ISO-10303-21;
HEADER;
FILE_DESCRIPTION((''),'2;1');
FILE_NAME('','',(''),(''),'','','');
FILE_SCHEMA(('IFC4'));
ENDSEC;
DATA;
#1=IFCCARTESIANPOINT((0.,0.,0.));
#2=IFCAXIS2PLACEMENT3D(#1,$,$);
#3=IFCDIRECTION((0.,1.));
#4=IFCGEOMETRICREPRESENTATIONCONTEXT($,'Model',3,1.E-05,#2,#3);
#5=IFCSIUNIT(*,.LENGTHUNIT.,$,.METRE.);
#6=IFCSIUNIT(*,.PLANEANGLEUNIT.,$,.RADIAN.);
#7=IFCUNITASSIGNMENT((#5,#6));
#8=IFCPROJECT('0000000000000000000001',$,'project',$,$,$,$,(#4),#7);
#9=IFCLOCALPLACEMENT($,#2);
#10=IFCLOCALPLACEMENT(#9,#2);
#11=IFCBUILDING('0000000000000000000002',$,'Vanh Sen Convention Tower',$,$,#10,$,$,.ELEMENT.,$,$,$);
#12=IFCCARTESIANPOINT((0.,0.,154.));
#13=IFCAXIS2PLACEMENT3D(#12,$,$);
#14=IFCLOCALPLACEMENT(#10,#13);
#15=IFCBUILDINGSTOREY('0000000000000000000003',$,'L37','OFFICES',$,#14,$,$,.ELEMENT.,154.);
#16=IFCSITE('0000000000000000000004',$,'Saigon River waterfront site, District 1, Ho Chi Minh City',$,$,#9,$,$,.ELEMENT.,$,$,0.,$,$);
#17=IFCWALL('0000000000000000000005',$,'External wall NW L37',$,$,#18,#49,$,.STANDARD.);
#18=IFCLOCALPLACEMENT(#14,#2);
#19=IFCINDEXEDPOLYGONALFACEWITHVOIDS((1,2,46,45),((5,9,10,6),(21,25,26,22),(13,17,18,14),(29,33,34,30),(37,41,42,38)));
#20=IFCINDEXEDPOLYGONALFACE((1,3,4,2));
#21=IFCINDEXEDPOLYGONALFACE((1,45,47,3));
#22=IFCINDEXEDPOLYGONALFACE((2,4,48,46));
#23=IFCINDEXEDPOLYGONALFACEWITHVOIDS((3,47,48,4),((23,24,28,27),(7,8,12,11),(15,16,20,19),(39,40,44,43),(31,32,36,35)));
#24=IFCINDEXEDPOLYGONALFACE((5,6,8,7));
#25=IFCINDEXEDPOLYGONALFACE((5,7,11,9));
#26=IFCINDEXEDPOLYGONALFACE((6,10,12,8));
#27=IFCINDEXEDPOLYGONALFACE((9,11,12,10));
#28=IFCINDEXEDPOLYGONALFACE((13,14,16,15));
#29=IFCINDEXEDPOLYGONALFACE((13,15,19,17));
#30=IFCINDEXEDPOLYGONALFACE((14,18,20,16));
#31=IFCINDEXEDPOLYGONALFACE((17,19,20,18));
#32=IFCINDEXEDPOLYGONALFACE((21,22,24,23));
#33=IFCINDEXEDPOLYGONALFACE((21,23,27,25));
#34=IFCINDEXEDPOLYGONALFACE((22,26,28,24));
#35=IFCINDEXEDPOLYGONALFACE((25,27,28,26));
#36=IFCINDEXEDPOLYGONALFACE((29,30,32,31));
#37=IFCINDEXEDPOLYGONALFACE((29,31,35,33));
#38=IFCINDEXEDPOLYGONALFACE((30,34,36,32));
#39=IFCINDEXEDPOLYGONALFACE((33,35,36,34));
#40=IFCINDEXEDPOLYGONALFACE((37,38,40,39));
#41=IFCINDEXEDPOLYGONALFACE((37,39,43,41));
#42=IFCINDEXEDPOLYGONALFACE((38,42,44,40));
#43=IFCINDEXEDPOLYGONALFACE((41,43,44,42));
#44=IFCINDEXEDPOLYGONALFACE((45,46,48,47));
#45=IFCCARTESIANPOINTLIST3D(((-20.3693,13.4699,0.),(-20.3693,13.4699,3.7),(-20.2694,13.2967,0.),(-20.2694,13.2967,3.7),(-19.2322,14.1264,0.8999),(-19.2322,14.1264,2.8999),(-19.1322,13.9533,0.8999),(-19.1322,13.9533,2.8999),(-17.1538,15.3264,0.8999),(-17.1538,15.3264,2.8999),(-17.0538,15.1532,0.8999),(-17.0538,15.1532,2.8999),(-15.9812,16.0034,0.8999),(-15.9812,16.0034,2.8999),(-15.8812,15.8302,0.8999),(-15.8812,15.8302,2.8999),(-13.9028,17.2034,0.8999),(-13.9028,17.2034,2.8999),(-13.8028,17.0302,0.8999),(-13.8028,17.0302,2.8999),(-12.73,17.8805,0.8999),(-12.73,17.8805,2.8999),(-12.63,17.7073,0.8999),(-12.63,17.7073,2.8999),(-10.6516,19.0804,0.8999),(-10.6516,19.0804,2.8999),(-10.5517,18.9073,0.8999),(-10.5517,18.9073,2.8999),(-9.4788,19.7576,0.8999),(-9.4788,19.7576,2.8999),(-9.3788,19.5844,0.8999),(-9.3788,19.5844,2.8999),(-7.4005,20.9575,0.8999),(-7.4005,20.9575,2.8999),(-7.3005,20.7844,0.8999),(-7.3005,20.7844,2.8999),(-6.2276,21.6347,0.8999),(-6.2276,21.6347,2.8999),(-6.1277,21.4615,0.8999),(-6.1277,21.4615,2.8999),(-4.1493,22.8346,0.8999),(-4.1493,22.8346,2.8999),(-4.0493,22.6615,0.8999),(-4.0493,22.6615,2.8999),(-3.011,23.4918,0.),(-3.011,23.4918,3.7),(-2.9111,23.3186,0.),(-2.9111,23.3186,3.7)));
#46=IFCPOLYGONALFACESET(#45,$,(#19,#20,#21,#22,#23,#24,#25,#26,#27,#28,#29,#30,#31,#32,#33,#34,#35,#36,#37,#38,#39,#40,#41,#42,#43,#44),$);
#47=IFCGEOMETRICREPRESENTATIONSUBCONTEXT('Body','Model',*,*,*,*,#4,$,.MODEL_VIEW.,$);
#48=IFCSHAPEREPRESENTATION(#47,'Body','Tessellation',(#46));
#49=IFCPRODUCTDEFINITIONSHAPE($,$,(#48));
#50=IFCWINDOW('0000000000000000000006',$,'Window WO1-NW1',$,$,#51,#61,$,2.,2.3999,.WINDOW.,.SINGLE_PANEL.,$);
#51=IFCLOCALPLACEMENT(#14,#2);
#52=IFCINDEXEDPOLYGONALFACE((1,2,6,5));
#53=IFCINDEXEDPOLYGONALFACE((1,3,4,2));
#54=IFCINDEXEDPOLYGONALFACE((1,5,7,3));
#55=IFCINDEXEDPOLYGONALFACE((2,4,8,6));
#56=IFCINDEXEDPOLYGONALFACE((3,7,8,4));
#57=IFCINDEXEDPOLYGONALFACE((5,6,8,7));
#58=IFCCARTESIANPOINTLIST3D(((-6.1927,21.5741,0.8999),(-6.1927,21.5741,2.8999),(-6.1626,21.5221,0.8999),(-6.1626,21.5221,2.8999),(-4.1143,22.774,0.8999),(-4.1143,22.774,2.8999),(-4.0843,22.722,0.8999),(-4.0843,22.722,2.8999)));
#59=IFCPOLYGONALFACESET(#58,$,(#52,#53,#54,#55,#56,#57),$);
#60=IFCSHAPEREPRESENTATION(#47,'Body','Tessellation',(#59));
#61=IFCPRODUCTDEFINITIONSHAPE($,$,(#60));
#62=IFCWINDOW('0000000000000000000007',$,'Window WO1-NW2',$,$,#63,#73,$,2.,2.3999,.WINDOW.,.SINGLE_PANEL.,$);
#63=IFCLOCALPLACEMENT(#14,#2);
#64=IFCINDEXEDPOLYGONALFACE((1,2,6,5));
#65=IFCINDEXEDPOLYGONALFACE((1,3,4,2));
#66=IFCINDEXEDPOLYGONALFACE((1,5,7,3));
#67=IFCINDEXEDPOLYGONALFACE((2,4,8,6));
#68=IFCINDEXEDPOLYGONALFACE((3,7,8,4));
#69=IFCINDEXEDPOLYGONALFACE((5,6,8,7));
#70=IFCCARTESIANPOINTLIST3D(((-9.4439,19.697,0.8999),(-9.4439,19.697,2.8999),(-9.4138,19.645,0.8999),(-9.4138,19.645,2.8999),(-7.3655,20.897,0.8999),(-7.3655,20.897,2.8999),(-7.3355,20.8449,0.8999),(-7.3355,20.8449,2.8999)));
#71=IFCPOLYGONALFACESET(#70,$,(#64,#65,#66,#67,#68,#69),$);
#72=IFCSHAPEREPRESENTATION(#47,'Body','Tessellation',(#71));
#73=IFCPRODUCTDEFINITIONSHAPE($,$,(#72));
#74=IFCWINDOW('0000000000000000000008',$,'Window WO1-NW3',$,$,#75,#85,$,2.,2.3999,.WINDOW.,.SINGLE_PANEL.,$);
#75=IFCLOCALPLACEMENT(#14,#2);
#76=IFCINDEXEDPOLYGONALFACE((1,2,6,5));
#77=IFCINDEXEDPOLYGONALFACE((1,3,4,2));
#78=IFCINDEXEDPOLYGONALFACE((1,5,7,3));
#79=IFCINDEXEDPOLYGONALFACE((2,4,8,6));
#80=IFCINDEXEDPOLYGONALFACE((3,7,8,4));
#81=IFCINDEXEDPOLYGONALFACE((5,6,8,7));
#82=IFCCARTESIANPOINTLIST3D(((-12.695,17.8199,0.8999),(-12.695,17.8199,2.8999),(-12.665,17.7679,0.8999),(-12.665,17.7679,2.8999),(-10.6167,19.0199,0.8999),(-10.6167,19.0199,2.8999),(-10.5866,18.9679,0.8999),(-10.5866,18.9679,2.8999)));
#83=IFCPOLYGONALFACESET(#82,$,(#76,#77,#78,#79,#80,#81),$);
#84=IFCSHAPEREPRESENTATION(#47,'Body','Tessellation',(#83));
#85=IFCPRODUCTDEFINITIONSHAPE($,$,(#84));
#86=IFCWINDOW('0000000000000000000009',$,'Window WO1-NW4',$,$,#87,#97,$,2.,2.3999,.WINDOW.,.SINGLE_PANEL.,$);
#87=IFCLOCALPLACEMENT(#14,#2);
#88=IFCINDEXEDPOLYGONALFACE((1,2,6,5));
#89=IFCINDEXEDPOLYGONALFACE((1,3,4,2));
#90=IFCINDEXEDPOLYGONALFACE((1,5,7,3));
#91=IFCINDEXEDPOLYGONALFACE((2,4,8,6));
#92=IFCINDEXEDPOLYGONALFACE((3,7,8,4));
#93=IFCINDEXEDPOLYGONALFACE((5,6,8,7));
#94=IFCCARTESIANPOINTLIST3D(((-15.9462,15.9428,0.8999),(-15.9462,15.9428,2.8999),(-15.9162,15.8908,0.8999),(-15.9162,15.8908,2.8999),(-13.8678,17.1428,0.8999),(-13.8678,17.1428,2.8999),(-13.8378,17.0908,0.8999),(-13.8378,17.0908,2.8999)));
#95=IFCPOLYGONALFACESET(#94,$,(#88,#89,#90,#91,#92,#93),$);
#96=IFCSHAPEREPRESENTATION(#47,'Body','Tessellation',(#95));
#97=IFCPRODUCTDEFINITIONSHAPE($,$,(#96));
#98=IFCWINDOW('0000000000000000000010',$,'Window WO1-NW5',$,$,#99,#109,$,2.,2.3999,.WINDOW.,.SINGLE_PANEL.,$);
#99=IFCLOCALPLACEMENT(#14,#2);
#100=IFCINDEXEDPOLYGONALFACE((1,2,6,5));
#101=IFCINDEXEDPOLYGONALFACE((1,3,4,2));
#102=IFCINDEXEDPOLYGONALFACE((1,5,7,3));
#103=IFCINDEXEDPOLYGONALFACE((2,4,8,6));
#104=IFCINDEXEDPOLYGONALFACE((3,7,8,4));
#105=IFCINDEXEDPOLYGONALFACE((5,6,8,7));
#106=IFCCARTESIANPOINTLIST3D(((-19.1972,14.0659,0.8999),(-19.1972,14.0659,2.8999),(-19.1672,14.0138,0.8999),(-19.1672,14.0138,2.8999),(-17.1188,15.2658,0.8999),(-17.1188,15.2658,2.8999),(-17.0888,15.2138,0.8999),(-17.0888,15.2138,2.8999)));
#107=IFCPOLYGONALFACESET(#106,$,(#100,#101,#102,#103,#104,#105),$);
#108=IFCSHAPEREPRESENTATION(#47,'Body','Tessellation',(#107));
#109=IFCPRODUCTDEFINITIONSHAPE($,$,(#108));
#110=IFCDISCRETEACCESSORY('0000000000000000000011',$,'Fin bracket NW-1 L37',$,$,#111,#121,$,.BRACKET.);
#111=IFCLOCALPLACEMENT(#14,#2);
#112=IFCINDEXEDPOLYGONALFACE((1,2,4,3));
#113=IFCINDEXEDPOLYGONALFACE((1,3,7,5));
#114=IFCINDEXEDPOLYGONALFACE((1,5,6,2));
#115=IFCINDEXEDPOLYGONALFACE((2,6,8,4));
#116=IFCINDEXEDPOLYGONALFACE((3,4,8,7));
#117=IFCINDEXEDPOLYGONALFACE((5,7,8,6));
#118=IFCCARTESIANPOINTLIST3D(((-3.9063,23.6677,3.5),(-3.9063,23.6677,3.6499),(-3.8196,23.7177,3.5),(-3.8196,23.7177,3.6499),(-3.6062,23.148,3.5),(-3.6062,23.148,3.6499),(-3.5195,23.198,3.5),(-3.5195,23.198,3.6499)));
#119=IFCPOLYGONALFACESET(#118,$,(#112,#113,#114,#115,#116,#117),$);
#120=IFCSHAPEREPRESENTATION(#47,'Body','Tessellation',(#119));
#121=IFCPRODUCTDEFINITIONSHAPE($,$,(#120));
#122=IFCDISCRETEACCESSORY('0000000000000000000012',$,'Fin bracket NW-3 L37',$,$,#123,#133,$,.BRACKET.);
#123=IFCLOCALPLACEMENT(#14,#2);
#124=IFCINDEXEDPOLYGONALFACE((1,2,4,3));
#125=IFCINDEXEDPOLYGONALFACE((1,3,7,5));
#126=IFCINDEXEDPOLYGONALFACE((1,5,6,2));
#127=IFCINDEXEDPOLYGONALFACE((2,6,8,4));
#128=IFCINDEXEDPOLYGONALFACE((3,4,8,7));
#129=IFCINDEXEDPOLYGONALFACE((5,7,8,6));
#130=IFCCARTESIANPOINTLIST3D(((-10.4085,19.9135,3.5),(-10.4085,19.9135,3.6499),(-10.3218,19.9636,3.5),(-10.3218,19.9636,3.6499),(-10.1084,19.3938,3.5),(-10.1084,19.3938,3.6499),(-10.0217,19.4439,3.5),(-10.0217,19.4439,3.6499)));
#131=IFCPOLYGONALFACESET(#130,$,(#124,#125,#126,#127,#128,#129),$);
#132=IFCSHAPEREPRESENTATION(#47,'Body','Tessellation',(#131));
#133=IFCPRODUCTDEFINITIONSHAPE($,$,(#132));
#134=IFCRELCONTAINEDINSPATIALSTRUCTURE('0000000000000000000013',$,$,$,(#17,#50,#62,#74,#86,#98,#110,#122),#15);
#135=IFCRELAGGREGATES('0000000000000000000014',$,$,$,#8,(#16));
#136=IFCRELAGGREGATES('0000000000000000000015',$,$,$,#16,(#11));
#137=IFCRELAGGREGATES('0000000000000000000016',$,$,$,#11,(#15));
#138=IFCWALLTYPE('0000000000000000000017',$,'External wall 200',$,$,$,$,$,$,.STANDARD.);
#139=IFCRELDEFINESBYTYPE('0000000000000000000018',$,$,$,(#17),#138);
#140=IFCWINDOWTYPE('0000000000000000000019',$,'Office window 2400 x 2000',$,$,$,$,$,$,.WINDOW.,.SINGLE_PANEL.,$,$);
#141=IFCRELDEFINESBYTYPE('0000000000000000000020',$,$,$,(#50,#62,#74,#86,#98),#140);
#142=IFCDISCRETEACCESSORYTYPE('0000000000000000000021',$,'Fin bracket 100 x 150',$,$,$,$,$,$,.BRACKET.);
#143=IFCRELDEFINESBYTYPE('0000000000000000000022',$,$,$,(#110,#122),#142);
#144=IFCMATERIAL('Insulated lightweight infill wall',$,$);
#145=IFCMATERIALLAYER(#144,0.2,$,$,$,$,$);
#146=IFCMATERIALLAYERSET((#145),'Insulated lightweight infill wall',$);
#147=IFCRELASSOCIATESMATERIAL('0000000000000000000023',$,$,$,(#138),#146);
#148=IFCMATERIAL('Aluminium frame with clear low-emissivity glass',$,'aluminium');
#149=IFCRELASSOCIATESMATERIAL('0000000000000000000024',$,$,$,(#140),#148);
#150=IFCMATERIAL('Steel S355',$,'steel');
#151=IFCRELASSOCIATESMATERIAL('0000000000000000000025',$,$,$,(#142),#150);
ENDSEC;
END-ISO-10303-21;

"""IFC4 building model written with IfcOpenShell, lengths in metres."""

from ifc_helpers import new_model, si_unit, direction, frame, frame_2d, origin, origin_2d, place, context, subcontext, project, spatial, rectangle, extrude, material, layer, layer_set, type_object, element, fill, save


model = new_model("IFC4")

# Units and contexts
model_context = context("Model", 3, precision=1e-05, world=origin(), true_north=direction((0.0, 1.0)))
body_context = subcontext(model_context, "Body", "Model", "MODEL_VIEW")
ifc_project = project(units=[si_unit("LENGTHUNIT", "METRE"), si_unit("PLANEANGLEUNIT", "RADIAN")], contexts=[model_context])

# Site, building, storey
site_placement = place(None, origin())
site = spatial("IfcSite", under=ifc_project, at=site_placement, Name="Saigon River waterfront site, District 1, Ho Chi Minh City", CompositionType="ELEMENT", RefElevation=0.0)
building_placement = place(site_placement, origin())
building = spatial("IfcBuilding", under=site, at=building_placement, Name="Vanh Sen Convention Tower", CompositionType="ELEMENT")
storey_placement = place(building_placement, frame((0.0, 0.0, 154.0)))
storey = spatial("IfcBuildingStorey", under=building, at=storey_placement, Name="L37", Description="OFFICES", CompositionType="ELEMENT", Elevation=154.0)

# Wall, openings, windows
ifc_material_1 = material(Name="Insulated lightweight infill wall")
ifc_layer_1 = layer(ifc_material_1, 0.2)
ifc_layer_set_1 = layer_set([ifc_layer_1], Name="Insulated lightweight infill wall")
wall_type_1 = type_object("IfcWallType", Name="External wall 200", PredefinedType="STANDARD", material=ifc_layer_set_1)
wall_1_placement = place(storey_placement, frame((-2.9609, 23.4053, 0.0), z_axis=(0.0, 0.0, 1.0), x_axis=(-0.866023, -0.500004, 0.0)))
wall_1 = element("IfcWall", 1, at=wall_1_placement, inside=storey, type_object=wall_type_1, Name="External wall NW L37", PredefinedType="STANDARD", context=body_context, shape_type="SweptSolid", body=[
    extrude(rectangle(XDim=20.0437, YDim=0.2, at=frame_2d((10.022, 0.0))), origin(), (0.0, 0.0, 1.0), 3.7),
])
opening_1_placement = place(wall_1_placement, frame((1.3145, 0.0, 0.8999)))
opening_1 = element("IfcOpeningElement", 2, at=opening_1_placement, cuts=wall_1, PredefinedType="OPENING", context=body_context, shape_type="SweptSolid", body=[
    extrude(rectangle(XDim=2.3999, YDim=2.0, at=frame_2d((1.2, 1.0))), frame((0.0, 0.1099, 0.0), z_axis=(0.0, -1.0, 0.0), x_axis=(1.0, 0.0, 0.0)), (0.0, 0.0, 1.0), 0.22),
])
opening_2_placement = place(wall_1_placement, frame((5.0686, 0.0, 0.8999)))
opening_2 = element("IfcOpeningElement", 3, at=opening_2_placement, cuts=wall_1, PredefinedType="OPENING", context=body_context, shape_type="SweptSolid", body=[
    extrude(rectangle(XDim=2.3999, YDim=2.0, at=frame_2d((1.2, 1.0))), frame((0.0, 0.1099, 0.0), z_axis=(0.0, -1.0, 0.0), x_axis=(1.0, 0.0, 0.0)), (0.0, 0.0, 1.0), 0.22),
])
opening_3_placement = place(wall_1_placement, frame((8.8228, 0.0, 0.8999)))
opening_3 = element("IfcOpeningElement", 4, at=opening_3_placement, cuts=wall_1, PredefinedType="OPENING", context=body_context, shape_type="SweptSolid", body=[
    extrude(rectangle(XDim=2.3999, YDim=2.0, at=frame_2d((1.2, 1.0))), frame((0.0, 0.1099, 0.0), z_axis=(0.0, -1.0, 0.0), x_axis=(1.0, 0.0, 0.0)), (0.0, 0.0, 1.0), 0.22),
])
opening_4_placement = place(wall_1_placement, frame((12.5769, 0.0, 0.8999)))
opening_4 = element("IfcOpeningElement", 5, at=opening_4_placement, cuts=wall_1, PredefinedType="OPENING", context=body_context, shape_type="SweptSolid", body=[
    extrude(rectangle(XDim=2.3999, YDim=2.0, at=frame_2d((1.2, 1.0))), frame((0.0, 0.1099, 0.0), z_axis=(0.0, -1.0, 0.0), x_axis=(1.0, 0.0, 0.0)), (0.0, 0.0, 1.0), 0.22),
])
opening_5_placement = place(wall_1_placement, frame((16.3308, 0.0, 0.8999)))
opening_5 = element("IfcOpeningElement", 6, at=opening_5_placement, cuts=wall_1, PredefinedType="OPENING", context=body_context, shape_type="SweptSolid", body=[
    extrude(rectangle(XDim=2.3999, YDim=2.0, at=frame_2d((1.2, 1.0))), frame((0.0, 0.1099, 0.0), z_axis=(0.0, -1.0, 0.0), x_axis=(1.0, 0.0, 0.0)), (0.0, 0.0, 1.0), 0.22),
])
ifc_material_2 = material(Name="Aluminium frame with clear low-emissivity glass", Category="aluminium")
window_type = type_object("IfcWindowType", Name="Office window 2400 x 2000", PartitioningType="SINGLE_PANEL", PredefinedType="WINDOW", material=ifc_material_2)
window_1_placement = place(opening_1_placement, origin())
window_1 = element("IfcWindow", 7, at=window_1_placement, inside=storey, type_object=window_type, Name="Window WO1-NW1", OverallHeight=2.0, OverallWidth=2.3999, PartitioningType="SINGLE_PANEL", PredefinedType="WINDOW", context=body_context, shape_type="SweptSolid", body=[
    extrude(rectangle(XDim=2.3999, YDim=2.0, at=frame_2d((1.2, 1.0))), frame((0.0, 0.03, 0.0), z_axis=(0.0, -1.0, 0.0), x_axis=(1.0, 0.0, 0.0)), (0.0, 0.0, 1.0), 0.0601),
])
fill(opening_1, window_1)
window_2_placement = place(opening_2_placement, origin())
window_2 = element("IfcWindow", 8, at=window_2_placement, inside=storey, type_object=window_type, Name="Window WO1-NW2", OverallHeight=2.0, OverallWidth=2.3999, PartitioningType="SINGLE_PANEL", PredefinedType="WINDOW", context=body_context, shape_type="SweptSolid", body=[
    extrude(rectangle(XDim=2.3999, YDim=2.0, at=frame_2d((1.2, 1.0))), frame((0.0, 0.03, 0.0), z_axis=(0.0, -1.0, 0.0), x_axis=(1.0, 0.0, 0.0)), (0.0, 0.0, 1.0), 0.0601),
])
fill(opening_2, window_2)
window_3_placement = place(opening_3_placement, origin())
window_3 = element("IfcWindow", 9, at=window_3_placement, inside=storey, type_object=window_type, Name="Window WO1-NW3", OverallHeight=2.0, OverallWidth=2.3999, PartitioningType="SINGLE_PANEL", PredefinedType="WINDOW", context=body_context, shape_type="SweptSolid", body=[
    extrude(rectangle(XDim=2.3999, YDim=2.0, at=frame_2d((1.2, 1.0))), frame((0.0, 0.03, 0.0), z_axis=(0.0, -1.0, 0.0), x_axis=(1.0, 0.0, 0.0)), (0.0, 0.0, 1.0), 0.0601),
])
fill(opening_3, window_3)
window_4_placement = place(opening_4_placement, origin())
window_4 = element("IfcWindow", 10, at=window_4_placement, inside=storey, type_object=window_type, Name="Window WO1-NW4", OverallHeight=2.0, OverallWidth=2.3999, PartitioningType="SINGLE_PANEL", PredefinedType="WINDOW", context=body_context, shape_type="SweptSolid", body=[
    extrude(rectangle(XDim=2.3999, YDim=2.0, at=frame_2d((1.2, 1.0))), frame((0.0, 0.03, 0.0), z_axis=(0.0, -1.0, 0.0), x_axis=(1.0, 0.0, 0.0)), (0.0, 0.0, 1.0), 0.0601),
])
fill(opening_4, window_4)
window_5_placement = place(opening_5_placement, origin())
window_5 = element("IfcWindow", 11, at=window_5_placement, inside=storey, type_object=window_type, Name="Window WO1-NW5", OverallHeight=2.0, OverallWidth=2.3999, PartitioningType="SINGLE_PANEL", PredefinedType="WINDOW", context=body_context, shape_type="SweptSolid", body=[
    extrude(rectangle(XDim=2.3999, YDim=2.0, at=frame_2d((1.2, 1.0))), frame((0.0, 0.03, 0.0), z_axis=(0.0, -1.0, 0.0), x_axis=(1.0, 0.0, 0.0)), (0.0, 0.0, 1.0), 0.0601),
])
fill(opening_5, window_5)

# Discrete accessories
ifc_material_3 = material(Name="Steel S355", Category="steel")
discrete_accessory_type = type_object("IfcDiscreteAccessoryType", Name="Fin bracket 100 x 150", PredefinedType="BRACKET", material=ifc_material_3)
for number, where, z_axis, x_axis, name in (
    (12, (-3.7129, 23.4329, 3.5), (0.0, 0.0, 1.0), (-0.5, 0.866025, 0.0), "Fin bracket NW-1 L37"),
    (13, (-10.2151, 19.6787, 3.5), (0.0, 0.0, 1.0), (-0.5, 0.866025, 0.0), "Fin bracket NW-3 L37"),
):
    element("IfcDiscreteAccessory", number, at=place(storey_placement, frame(where, z_axis=z_axis, x_axis=x_axis)), inside=storey, type_object=discrete_accessory_type, Name=name, PredefinedType="BRACKET", context=body_context, shape_type="SweptSolid", body=[
        extrude(rectangle(XDim=0.6001, YDim=0.1001, at=origin_2d()), origin(), (0.0, 0.0, 1.0), 0.1499),
    ])

save(model, "model.ifc")
